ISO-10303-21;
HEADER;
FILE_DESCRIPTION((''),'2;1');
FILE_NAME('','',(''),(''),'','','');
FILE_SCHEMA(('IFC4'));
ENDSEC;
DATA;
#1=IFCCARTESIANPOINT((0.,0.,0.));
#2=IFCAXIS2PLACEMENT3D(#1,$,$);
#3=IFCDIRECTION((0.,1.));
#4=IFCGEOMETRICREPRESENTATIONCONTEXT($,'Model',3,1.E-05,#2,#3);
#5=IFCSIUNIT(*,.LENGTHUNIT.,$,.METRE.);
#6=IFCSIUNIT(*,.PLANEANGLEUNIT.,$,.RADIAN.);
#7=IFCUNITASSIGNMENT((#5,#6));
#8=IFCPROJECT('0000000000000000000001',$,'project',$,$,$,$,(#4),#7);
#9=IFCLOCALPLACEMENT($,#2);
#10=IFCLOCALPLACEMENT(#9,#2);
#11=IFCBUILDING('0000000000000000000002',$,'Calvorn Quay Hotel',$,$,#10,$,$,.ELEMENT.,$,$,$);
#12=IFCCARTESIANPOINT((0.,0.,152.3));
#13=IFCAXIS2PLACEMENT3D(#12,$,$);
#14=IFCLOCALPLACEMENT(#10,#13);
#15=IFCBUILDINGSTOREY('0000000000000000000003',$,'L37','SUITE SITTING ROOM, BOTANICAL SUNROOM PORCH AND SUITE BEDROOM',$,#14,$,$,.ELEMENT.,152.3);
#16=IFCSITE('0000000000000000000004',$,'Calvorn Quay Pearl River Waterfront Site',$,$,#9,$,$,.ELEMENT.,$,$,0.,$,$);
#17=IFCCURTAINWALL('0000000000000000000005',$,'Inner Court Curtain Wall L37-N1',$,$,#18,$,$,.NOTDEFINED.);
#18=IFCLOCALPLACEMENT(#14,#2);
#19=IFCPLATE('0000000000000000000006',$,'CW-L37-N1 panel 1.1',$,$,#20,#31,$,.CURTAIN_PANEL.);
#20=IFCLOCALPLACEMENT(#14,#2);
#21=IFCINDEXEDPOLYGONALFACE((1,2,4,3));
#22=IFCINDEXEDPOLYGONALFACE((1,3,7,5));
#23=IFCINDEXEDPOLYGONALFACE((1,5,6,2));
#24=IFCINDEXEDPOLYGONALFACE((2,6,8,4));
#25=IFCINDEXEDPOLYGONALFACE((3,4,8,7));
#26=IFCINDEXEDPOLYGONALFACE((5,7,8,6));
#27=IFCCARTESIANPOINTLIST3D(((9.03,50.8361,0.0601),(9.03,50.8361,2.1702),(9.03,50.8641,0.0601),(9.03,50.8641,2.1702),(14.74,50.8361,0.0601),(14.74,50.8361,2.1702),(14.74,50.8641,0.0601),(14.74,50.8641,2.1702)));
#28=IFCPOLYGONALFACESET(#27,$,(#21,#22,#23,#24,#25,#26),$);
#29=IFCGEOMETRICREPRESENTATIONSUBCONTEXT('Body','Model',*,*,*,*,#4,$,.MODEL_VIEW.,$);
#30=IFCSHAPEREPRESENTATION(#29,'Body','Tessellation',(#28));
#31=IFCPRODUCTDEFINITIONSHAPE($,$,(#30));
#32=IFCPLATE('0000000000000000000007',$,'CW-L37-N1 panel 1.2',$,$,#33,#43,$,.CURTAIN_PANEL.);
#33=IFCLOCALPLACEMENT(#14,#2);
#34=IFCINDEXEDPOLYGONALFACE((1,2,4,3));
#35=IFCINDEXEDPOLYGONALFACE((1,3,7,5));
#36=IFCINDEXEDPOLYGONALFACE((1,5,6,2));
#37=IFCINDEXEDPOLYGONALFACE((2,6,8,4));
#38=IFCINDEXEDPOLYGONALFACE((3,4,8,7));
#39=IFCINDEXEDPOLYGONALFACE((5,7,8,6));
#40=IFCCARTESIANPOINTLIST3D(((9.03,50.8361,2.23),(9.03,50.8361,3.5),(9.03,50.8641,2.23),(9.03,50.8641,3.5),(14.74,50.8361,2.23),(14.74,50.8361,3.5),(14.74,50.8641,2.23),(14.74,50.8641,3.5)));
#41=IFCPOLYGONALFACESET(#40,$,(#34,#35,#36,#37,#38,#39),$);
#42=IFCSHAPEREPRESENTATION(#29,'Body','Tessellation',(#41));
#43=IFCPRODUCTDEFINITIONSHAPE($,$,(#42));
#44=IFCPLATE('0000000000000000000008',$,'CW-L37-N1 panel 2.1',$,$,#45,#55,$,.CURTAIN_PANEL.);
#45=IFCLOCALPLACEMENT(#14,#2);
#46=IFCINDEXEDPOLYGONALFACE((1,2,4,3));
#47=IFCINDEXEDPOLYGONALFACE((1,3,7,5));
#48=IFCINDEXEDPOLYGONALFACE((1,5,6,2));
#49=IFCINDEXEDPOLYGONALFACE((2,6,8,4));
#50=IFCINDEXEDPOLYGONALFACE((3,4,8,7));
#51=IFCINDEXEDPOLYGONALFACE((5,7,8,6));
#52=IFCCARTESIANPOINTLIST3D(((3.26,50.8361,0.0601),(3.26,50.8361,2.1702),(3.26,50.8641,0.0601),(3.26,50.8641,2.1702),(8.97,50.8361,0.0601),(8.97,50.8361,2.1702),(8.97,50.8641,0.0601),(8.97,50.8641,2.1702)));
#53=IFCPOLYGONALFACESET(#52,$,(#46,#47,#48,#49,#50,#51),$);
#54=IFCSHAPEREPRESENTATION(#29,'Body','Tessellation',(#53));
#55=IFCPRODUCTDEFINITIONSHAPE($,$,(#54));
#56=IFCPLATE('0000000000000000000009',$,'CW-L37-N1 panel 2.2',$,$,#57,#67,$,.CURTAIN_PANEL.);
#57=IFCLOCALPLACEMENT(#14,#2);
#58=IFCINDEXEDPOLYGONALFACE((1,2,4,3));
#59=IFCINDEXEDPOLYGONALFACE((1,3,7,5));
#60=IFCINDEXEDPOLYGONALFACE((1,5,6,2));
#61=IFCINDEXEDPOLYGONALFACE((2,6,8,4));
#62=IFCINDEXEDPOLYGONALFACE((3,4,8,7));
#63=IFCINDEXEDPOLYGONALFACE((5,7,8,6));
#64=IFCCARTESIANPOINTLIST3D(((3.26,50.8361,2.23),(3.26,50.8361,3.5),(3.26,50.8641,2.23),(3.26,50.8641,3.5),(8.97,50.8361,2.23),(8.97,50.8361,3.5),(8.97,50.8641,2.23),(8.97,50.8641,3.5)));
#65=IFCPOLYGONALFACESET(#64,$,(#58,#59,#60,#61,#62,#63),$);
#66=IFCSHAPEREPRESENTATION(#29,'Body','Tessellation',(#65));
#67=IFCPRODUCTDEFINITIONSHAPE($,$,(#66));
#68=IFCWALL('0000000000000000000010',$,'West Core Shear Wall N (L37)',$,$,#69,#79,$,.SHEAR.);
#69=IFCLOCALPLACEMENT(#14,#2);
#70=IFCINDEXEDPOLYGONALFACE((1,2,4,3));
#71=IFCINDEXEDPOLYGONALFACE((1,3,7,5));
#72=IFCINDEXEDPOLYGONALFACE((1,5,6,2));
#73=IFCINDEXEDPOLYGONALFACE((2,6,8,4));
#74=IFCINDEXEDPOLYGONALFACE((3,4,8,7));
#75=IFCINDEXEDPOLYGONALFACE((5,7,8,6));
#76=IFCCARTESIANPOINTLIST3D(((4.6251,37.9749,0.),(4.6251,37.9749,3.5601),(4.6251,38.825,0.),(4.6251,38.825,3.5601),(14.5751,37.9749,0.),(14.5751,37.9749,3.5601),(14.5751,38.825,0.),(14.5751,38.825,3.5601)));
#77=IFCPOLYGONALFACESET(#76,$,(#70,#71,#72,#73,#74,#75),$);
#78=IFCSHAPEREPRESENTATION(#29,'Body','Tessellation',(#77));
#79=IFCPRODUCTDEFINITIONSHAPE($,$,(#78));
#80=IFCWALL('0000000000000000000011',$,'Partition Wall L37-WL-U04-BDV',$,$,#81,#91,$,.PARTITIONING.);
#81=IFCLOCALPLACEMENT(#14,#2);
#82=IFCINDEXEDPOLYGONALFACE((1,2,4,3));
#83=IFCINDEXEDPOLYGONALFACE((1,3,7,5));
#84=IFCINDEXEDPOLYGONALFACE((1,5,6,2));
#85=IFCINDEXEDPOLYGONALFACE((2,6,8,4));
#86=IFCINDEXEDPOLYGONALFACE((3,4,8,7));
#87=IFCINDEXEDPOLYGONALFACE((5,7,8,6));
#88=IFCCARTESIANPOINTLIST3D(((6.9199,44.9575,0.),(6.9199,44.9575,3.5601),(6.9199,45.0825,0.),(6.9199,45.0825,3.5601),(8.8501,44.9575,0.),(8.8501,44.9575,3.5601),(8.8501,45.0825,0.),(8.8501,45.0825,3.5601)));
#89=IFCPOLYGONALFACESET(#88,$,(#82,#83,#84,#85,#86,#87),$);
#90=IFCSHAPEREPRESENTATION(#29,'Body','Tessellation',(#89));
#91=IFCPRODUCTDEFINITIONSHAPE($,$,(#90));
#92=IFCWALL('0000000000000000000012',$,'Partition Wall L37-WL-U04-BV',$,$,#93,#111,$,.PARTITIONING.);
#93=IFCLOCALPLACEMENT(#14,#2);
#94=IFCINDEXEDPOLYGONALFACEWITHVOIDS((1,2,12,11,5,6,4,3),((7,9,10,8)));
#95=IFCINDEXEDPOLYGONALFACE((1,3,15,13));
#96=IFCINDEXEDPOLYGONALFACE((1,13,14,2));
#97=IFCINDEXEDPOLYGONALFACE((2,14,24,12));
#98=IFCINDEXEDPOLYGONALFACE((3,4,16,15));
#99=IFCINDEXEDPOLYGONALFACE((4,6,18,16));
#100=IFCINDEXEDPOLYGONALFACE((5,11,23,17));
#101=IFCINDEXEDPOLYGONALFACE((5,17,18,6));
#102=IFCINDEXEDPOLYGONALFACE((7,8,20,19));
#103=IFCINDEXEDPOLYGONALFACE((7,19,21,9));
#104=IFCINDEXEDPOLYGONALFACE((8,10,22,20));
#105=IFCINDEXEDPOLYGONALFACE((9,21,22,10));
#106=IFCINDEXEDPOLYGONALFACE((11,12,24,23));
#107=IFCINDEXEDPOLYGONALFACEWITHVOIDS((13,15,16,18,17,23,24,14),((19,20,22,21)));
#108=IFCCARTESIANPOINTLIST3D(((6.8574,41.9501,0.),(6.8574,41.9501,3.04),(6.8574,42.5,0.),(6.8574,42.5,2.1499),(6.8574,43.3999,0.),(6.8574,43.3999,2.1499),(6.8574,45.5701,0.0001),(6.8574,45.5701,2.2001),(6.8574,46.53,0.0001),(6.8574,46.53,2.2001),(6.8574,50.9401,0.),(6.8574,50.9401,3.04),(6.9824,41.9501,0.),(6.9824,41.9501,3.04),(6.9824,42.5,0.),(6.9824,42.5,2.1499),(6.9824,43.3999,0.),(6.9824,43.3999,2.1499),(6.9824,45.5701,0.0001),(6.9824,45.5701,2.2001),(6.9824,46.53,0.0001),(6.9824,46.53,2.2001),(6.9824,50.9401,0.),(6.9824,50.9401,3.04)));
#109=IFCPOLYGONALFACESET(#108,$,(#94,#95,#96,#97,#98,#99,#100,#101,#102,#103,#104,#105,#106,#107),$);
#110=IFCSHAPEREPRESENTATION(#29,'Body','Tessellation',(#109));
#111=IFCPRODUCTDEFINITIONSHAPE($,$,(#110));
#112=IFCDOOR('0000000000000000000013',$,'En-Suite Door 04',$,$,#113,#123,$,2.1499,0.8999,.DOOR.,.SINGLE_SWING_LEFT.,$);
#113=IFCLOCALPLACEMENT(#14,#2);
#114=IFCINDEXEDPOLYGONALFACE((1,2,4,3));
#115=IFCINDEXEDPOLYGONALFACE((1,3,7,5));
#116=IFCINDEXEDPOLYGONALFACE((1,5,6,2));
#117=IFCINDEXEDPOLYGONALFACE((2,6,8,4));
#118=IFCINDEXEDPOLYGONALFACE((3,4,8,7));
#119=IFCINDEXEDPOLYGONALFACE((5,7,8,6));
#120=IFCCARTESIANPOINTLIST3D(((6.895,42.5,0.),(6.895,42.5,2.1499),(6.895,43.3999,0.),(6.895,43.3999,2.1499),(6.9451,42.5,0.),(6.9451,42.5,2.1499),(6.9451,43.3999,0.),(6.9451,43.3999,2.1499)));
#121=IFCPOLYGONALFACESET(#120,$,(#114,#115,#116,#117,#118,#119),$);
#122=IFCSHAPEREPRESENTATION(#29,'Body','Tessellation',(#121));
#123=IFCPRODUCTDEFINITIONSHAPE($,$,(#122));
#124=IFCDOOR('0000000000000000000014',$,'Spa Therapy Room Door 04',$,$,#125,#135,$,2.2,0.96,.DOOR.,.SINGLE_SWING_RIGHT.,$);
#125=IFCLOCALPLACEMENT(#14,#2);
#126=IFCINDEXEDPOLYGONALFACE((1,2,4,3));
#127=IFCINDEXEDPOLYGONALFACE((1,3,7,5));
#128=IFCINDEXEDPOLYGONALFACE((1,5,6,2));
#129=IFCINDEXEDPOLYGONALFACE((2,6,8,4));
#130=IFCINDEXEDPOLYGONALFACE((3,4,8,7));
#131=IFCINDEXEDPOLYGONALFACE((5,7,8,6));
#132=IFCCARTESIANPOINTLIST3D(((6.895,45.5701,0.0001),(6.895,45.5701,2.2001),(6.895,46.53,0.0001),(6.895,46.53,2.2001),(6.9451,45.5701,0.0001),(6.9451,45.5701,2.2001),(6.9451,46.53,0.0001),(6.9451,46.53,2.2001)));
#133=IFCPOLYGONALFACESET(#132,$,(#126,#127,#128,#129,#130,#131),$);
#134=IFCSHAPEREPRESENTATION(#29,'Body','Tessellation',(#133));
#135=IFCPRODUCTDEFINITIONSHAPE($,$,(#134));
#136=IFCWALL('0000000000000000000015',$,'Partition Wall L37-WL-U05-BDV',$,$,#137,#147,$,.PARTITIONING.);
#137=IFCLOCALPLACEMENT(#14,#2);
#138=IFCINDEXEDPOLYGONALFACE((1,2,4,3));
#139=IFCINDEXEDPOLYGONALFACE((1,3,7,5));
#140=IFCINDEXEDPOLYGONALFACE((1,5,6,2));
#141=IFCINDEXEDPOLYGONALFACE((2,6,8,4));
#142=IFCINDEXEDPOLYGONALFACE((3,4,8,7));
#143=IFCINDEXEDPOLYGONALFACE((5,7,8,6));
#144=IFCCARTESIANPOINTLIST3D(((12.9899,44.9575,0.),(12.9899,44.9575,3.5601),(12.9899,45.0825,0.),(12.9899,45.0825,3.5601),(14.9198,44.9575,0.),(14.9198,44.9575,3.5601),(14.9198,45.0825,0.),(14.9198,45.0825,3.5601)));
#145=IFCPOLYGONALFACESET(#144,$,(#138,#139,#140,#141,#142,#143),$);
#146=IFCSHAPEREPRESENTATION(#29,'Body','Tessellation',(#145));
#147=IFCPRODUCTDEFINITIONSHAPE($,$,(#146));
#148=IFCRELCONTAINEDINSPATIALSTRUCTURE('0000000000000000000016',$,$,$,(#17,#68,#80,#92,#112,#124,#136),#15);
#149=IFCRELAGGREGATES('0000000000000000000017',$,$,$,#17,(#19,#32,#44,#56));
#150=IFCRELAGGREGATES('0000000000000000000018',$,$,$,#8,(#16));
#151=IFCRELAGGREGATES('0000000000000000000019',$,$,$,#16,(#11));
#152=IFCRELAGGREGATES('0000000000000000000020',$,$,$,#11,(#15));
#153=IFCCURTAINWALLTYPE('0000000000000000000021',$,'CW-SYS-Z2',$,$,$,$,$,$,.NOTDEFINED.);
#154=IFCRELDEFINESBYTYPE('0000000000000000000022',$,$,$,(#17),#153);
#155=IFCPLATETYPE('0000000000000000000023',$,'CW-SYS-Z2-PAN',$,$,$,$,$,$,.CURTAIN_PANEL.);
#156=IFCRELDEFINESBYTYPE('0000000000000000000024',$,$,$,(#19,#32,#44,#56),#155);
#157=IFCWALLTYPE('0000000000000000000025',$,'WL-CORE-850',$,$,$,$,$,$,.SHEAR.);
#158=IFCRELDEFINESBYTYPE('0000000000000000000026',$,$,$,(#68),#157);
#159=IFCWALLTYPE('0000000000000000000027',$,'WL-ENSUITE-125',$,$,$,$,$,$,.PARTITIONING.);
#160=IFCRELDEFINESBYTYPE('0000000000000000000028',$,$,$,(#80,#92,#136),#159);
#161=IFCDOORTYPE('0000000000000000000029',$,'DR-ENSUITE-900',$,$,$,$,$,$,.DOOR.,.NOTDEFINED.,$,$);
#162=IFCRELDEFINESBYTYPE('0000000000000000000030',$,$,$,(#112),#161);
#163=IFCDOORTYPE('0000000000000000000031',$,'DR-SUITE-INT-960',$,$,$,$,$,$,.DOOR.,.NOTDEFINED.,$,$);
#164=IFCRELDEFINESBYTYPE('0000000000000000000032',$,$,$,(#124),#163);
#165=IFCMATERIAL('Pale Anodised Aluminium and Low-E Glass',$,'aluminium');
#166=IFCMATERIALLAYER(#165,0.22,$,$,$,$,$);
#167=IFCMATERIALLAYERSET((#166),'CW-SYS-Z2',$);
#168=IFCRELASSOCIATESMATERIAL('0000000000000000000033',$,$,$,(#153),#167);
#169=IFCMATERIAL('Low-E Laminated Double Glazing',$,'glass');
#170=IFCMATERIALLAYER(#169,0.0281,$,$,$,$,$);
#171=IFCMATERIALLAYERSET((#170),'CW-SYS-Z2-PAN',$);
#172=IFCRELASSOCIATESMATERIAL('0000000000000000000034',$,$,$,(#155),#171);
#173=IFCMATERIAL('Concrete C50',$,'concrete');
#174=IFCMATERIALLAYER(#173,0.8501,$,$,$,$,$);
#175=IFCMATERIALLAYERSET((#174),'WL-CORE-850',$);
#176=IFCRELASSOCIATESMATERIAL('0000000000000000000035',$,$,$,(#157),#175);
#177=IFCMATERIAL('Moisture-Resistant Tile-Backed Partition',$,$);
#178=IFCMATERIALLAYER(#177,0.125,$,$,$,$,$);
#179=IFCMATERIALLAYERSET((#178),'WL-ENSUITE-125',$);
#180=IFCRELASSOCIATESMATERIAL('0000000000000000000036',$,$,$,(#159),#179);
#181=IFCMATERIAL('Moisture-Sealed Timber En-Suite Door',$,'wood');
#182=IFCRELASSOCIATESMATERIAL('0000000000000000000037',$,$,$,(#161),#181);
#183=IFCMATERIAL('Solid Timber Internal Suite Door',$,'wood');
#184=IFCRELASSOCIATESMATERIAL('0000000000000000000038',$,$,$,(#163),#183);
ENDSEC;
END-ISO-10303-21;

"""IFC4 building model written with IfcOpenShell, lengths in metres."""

from ifc_helpers import new_model, si_unit, direction, frame, frame_2d, origin, origin_2d, place, context, subcontext, project, spatial, rectangle, extrude, material, layer, layer_set, type_object, element, fill, aggregate, save


model = new_model("IFC4")

# Units and contexts
model_context = context("Model", 3, precision=1e-05, world=origin(), true_north=direction((0.0, 1.0)))
body_context = subcontext(model_context, "Body", "Model", "MODEL_VIEW")
ifc_project = project(units=[si_unit("LENGTHUNIT", "METRE"), si_unit("PLANEANGLEUNIT", "RADIAN")], contexts=[model_context])

# Site, building, storey
site_placement = place(None, origin())
site = spatial("IfcSite", under=ifc_project, at=site_placement, Name="Calvorn Quay Pearl River Waterfront Site", CompositionType="ELEMENT", RefElevation=0.0)
building_placement = place(site_placement, origin())
building = spatial("IfcBuilding", under=site, at=building_placement, Name="Calvorn Quay Hotel", CompositionType="ELEMENT")
storey_placement = place(building_placement, frame((0.0, 0.0, 152.3)))
storey = spatial("IfcBuildingStorey", under=building, at=storey_placement, Name="L37", Description="SUITE SITTING ROOM, BOTANICAL SUNROOM PORCH AND SUITE BEDROOM", CompositionType="ELEMENT", Elevation=152.3)

# Curtain wall, plates
ifc_material_1 = material(Name="Pale Anodised Aluminium and Low-E Glass", Category="aluminium")
ifc_layer_1 = layer(ifc_material_1, 0.22)
ifc_layer_set_1 = layer_set([ifc_layer_1], Name="CW-SYS-Z2")
curtain_wall_type = type_object("IfcCurtainWallType", Name="CW-SYS-Z2", PredefinedType="NOTDEFINED", material=ifc_layer_set_1)
curtain_wall_placement = place(storey_placement, origin())
curtain_wall = element("IfcCurtainWall", 1, at=curtain_wall_placement, inside=storey, type_object=curtain_wall_type, Name="Inner Court Curtain Wall L37-N1", PredefinedType="NOTDEFINED")
ifc_material_2 = material(Name="Low-E Laminated Double Glazing", Category="glass")
ifc_layer_2 = layer(ifc_material_2, 0.0281)
ifc_layer_set_2 = layer_set([ifc_layer_2], Name="CW-SYS-Z2-PAN")
plate_type = type_object("IfcPlateType", Name="CW-SYS-Z2-PAN", PredefinedType="CURTAIN_PANEL", material=ifc_layer_set_2)
plate_1_placement = place(storey_placement, frame((11.885, 50.8501, 0.0601), z_axis=(0.0, 0.0, 1.0), x_axis=(-1.0, 0.0, 0.0)))
plate_1 = element("IfcPlate", 2, at=plate_1_placement, type_object=plate_type, Name="CW-L37-N1 panel 1.1", PredefinedType="CURTAIN_PANEL", context=body_context, shape_type="SweptSolid", body=[
    extrude(rectangle(XDim=5.71, YDim=0.0281, at=origin_2d()), origin(), (0.0, 0.0, 1.0), 2.1101),
])
plate_2_placement = place(storey_placement, frame((11.885, 50.8501, 2.23), z_axis=(0.0, 0.0, 1.0), x_axis=(-1.0, 0.0, 0.0)))
plate_2 = element("IfcPlate", 3, at=plate_2_placement, type_object=plate_type, Name="CW-L37-N1 panel 1.2", PredefinedType="CURTAIN_PANEL", context=body_context, shape_type="SweptSolid", body=[
    extrude(rectangle(XDim=5.71, YDim=0.0281, at=origin_2d()), origin(), (0.0, 0.0, 1.0), 1.27),
])
plate_3_placement = place(storey_placement, frame((6.115, 50.8501, 0.0601), z_axis=(0.0, 0.0, 1.0), x_axis=(-1.0, 0.0, 0.0)))
plate_3 = element("IfcPlate", 4, at=plate_3_placement, type_object=plate_type, Name="CW-L37-N1 panel 2.1", PredefinedType="CURTAIN_PANEL", context=body_context, shape_type="SweptSolid", body=[
    extrude(rectangle(XDim=5.71, YDim=0.0281, at=origin_2d()), origin(), (0.0, 0.0, 1.0), 2.1101),
])
plate_4_placement = place(storey_placement, frame((6.115, 50.8501, 2.23), z_axis=(0.0, 0.0, 1.0), x_axis=(-1.0, 0.0, 0.0)))
plate_4 = element("IfcPlate", 5, at=plate_4_placement, type_object=plate_type, Name="CW-L37-N1 panel 2.2", PredefinedType="CURTAIN_PANEL", context=body_context, shape_type="SweptSolid", body=[
    extrude(rectangle(XDim=5.71, YDim=0.0281, at=origin_2d()), origin(), (0.0, 0.0, 1.0), 1.27),
])
aggregate(curtain_wall, [plate_1, plate_2, plate_3, plate_4])

# Walls
ifc_material_3 = material(Name="Concrete C50", Category="concrete")
ifc_layer_3 = layer(ifc_material_3, 0.8501)
ifc_layer_set_3 = layer_set([ifc_layer_3], Name="WL-CORE-850")
wall_type_1 = type_object("IfcWallType", Name="WL-CORE-850", PredefinedType="SHEAR", material=ifc_layer_set_3)
wall_1_placement = place(storey_placement, frame((4.625, 38.3999, 0.0), z_axis=(0.0, 0.0, 1.0), x_axis=(1.0, 0.0, 0.0)))
element("IfcWall", 6, at=wall_1_placement, inside=storey, type_object=wall_type_1, Name="West Core Shear Wall N (L37)", PredefinedType="SHEAR", context=body_context, shape_type="SweptSolid", body=[
    extrude(rectangle(XDim=9.95, YDim=0.8501, at=frame_2d((4.9751, 0.0))), origin(), (0.0, 0.0, 1.0), 3.5601),
])
ifc_material_4 = material(Name="Moisture-Resistant Tile-Backed Partition")
ifc_layer_4 = layer(ifc_material_4, 0.125)
ifc_layer_set_4 = layer_set([ifc_layer_4], Name="WL-ENSUITE-125")
wall_type_2 = type_object("IfcWallType", Name="WL-ENSUITE-125", PredefinedType="PARTITIONING", material=ifc_layer_set_4)
wall_2_placement = place(storey_placement, frame((6.9199, 45.02, 0.0), z_axis=(0.0, 0.0, 1.0), x_axis=(1.0, 0.0, 0.0)))
element("IfcWall", 7, at=wall_2_placement, inside=storey, type_object=wall_type_2, Name="Partition Wall L37-WL-U04-BDV", PredefinedType="PARTITIONING", context=body_context, shape_type="SweptSolid", body=[
    extrude(rectangle(XDim=1.9302, YDim=0.125, at=frame_2d((0.9651, 0.0))), origin(), (0.0, 0.0, 1.0), 3.5601),
])

# Wall, openings, doors
wall_3_placement = place(storey_placement, frame((6.9199, 41.95, 0.0), z_axis=(0.0, 0.0, 1.0), x_axis=(0.0, 1.0, 0.0)))
wall_3 = element("IfcWall", 8, at=wall_3_placement, inside=storey, type_object=wall_type_2, Name="Partition Wall L37-WL-U04-BV", PredefinedType="PARTITIONING", context=body_context, shape_type="SweptSolid", body=[
    extrude(rectangle(XDim=8.99, YDim=0.125, at=frame_2d((4.4951, 0.0))), origin(), (0.0, 0.0, 1.0), 3.04),
])
opening_1_placement = place(wall_3_placement, frame((0.55, 0.0, 0.0)))
opening_1 = element("IfcOpeningElement", 9, at=opening_1_placement, cuts=wall_3, PredefinedType="OPENING", context=body_context, shape_type="SweptSolid", body=[
    extrude(rectangle(XDim=0.8999, YDim=2.1499, at=frame_2d((0.45, 1.075))), frame((0.0, 0.0725, 0.0), z_axis=(0.0, -1.0, 0.0), x_axis=(1.0, 0.0, 0.0)), (0.0, 0.0, 1.0), 0.145),
])
opening_2_placement = place(wall_3_placement, frame((3.6201, 0.0, 0.0)))
opening_2 = element("IfcOpeningElement", 10, at=opening_2_placement, cuts=wall_3, PredefinedType="OPENING", context=body_context, shape_type="SweptSolid", body=[
    extrude(rectangle(XDim=0.96, YDim=2.2, at=frame_2d((0.48, 1.1001))), frame((0.0, 0.0725, 0.0), z_axis=(0.0, -1.0, 0.0), x_axis=(1.0, 0.0, 0.0)), (0.0, 0.0, 1.0), 0.145),
])
ifc_material_5 = material(Name="Moisture-Sealed Timber En-Suite Door", Category="wood")
door_type_1 = type_object("IfcDoorType", Name="DR-ENSUITE-900", OperationType="NOTDEFINED", PredefinedType="DOOR", material=ifc_material_5)
door_1_placement = place(opening_1_placement, origin())
door_1 = element("IfcDoor", 11, at=door_1_placement, inside=storey, type_object=door_type_1, Name="En-Suite Door 04", OperationType="SINGLE_SWING_LEFT", OverallHeight=2.1499, OverallWidth=0.8999, PredefinedType="DOOR", context=body_context, shape_type="SweptSolid", body=[
    extrude(rectangle(XDim=0.8999, YDim=2.1499, at=frame_2d((0.45, 1.075))), frame((0.0, 0.0249, 0.0), z_axis=(0.0, -1.0, 0.0), x_axis=(1.0, 0.0, 0.0)), (0.0, 0.0, 1.0), 0.05),
])
fill(opening_1, door_1)
ifc_material_6 = material(Name="Solid Timber Internal Suite Door", Category="wood")
door_type_2 = type_object("IfcDoorType", Name="DR-SUITE-INT-960", OperationType="NOTDEFINED", PredefinedType="DOOR", material=ifc_material_6)
door_2_placement = place(opening_2_placement, origin())
door_2 = element("IfcDoor", 12, at=door_2_placement, inside=storey, type_object=door_type_2, Name="Spa Therapy Room Door 04", OperationType="SINGLE_SWING_RIGHT", OverallHeight=2.2, OverallWidth=0.96, PredefinedType="DOOR", context=body_context, shape_type="SweptSolid", body=[
    extrude(rectangle(XDim=0.96, YDim=2.2, at=frame_2d((0.48, 1.1001))), frame((0.0, 0.0249, 0.0), z_axis=(0.0, -1.0, 0.0), x_axis=(1.0, 0.0, 0.0)), (0.0, 0.0, 1.0), 0.05),
])
fill(opening_2, door_2)

# Wall
wall_4_placement = place(storey_placement, frame((12.99, 45.02, 0.0), z_axis=(0.0, 0.0, 1.0), x_axis=(1.0, 0.0, 0.0)))
element("IfcWall", 13, at=wall_4_placement, inside=storey, type_object=wall_type_2, Name="Partition Wall L37-WL-U05-BDV", PredefinedType="PARTITIONING", context=body_context, shape_type="SweptSolid", body=[
    extrude(rectangle(XDim=1.9299, YDim=0.125, at=frame_2d((0.9648, 0.0))), origin(), (0.0, 0.0, 1.0), 3.5601),
])

save(model, "model.ifc")
